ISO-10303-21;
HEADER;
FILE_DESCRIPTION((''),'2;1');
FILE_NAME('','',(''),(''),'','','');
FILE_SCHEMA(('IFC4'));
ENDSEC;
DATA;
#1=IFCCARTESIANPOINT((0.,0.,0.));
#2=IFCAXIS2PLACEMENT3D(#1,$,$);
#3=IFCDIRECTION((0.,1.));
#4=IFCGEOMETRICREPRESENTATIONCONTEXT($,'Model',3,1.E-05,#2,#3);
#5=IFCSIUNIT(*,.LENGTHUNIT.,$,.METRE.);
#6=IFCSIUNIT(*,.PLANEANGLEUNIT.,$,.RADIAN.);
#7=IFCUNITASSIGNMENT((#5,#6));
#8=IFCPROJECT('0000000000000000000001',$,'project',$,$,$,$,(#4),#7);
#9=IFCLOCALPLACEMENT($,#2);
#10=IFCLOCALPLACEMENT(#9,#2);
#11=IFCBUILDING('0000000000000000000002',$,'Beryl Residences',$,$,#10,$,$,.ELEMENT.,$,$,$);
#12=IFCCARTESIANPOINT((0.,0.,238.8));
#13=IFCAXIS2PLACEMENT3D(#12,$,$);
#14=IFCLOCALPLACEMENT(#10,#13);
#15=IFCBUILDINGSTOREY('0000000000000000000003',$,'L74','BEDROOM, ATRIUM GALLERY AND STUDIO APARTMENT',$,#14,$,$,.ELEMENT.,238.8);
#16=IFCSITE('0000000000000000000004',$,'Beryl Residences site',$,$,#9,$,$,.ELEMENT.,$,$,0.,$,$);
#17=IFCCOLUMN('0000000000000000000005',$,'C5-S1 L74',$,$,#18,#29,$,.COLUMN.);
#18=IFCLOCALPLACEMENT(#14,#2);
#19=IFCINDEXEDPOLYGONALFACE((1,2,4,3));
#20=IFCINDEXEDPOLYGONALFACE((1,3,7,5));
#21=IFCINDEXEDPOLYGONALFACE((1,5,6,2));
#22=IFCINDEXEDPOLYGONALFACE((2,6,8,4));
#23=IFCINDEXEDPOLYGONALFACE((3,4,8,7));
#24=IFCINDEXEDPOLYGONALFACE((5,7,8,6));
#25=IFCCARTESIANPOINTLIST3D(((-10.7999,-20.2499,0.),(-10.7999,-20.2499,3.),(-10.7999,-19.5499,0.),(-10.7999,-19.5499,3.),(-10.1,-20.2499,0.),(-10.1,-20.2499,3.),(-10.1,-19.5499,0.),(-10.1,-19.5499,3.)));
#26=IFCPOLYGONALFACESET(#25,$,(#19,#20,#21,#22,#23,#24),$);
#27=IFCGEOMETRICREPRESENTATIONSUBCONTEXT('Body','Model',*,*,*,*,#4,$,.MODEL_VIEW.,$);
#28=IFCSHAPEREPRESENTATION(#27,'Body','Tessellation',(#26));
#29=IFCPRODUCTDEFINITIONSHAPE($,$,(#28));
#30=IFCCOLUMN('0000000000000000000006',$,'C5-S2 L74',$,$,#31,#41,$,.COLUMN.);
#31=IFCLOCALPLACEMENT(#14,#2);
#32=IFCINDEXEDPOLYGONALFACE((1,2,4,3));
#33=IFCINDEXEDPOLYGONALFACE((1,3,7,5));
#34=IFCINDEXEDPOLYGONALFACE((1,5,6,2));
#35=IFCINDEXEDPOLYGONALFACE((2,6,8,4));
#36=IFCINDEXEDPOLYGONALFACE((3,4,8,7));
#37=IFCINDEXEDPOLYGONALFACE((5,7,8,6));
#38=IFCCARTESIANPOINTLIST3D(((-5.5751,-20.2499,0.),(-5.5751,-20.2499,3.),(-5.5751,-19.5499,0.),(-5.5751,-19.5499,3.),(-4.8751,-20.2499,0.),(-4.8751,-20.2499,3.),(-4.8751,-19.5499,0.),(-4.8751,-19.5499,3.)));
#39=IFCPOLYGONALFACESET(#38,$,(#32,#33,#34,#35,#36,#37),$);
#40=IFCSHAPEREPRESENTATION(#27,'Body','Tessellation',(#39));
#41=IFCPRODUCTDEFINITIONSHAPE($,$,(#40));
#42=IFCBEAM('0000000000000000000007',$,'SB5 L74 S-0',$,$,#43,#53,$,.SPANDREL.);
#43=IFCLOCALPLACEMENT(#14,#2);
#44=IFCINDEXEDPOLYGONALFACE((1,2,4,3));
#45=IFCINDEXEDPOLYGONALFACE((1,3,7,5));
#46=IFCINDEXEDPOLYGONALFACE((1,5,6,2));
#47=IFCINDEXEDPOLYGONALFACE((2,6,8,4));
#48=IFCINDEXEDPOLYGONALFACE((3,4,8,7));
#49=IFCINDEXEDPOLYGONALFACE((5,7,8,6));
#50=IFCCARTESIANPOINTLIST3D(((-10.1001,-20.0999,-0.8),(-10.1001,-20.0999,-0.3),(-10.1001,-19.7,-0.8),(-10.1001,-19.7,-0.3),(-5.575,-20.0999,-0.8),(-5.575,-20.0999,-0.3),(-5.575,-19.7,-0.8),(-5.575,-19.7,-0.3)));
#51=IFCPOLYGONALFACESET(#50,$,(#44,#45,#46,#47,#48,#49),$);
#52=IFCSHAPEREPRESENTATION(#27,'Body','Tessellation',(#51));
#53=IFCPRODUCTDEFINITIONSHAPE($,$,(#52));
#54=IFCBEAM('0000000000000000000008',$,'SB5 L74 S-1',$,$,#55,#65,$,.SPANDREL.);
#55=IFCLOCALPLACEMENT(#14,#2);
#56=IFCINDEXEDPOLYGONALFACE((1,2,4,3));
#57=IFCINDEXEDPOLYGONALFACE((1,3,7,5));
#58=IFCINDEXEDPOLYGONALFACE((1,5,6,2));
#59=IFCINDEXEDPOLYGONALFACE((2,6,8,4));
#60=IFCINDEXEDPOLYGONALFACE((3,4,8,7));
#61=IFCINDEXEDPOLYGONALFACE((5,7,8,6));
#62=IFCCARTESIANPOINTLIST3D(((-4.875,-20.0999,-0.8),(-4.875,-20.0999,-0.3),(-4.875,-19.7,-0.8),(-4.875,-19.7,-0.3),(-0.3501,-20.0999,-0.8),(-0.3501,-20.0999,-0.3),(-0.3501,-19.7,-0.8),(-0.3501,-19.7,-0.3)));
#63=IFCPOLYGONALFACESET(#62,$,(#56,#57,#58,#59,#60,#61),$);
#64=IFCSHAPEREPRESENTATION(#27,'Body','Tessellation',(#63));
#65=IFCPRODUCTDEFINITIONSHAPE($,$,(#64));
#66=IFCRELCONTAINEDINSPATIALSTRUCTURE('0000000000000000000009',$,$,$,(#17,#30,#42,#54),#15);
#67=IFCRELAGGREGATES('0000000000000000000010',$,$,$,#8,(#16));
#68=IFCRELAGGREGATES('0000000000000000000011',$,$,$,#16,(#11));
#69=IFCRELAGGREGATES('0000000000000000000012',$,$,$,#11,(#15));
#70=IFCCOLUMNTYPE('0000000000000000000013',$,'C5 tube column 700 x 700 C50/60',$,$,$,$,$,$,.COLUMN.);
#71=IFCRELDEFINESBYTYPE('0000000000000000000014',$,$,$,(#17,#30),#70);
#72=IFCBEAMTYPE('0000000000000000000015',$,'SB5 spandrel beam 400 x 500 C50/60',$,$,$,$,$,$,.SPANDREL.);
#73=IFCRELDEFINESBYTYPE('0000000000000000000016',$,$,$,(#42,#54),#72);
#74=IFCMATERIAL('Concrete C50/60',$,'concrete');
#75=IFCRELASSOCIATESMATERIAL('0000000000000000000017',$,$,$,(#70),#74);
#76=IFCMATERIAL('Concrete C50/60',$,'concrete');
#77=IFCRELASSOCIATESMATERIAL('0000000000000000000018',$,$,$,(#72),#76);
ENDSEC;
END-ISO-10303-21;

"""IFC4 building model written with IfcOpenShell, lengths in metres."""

from ifc_helpers import new_model, si_unit, direction, frame, origin, origin_2d, place, context, subcontext, project, spatial, rectangle, extrude, material, material_profile, profile_set, type_object, element, save


model = new_model("IFC4")

# Units and contexts
model_context = context("Model", 3, precision=1e-05, world=origin(), true_north=direction((0.0, 1.0)))
body_context = subcontext(model_context, "Body", "Model", "MODEL_VIEW")
ifc_project = project(units=[si_unit("LENGTHUNIT", "METRE"), si_unit("PLANEANGLEUNIT", "RADIAN")], contexts=[model_context])

# Site, building, storey
site_placement = place(None, origin())
site = spatial("IfcSite", under=ifc_project, at=site_placement, Name="Beryl Residences site", CompositionType="ELEMENT", RefElevation=0.0)
building_placement = place(site_placement, origin())
building = spatial("IfcBuilding", under=site, at=building_placement, Name="Beryl Residences", CompositionType="ELEMENT")
storey_placement = place(building_placement, frame((0.0, 0.0, 238.8)))
storey = spatial("IfcBuildingStorey", under=building, at=storey_placement, Name="L74", Description="BEDROOM, ATRIUM GALLERY AND STUDIO APARTMENT", CompositionType="ELEMENT", Elevation=238.8)

# Columns
ifc_material_1 = material(Name="Concrete C50/60", Category="concrete")
ifc_material_profile_1 = material_profile(ifc_material_1, rectangle(XDim=0.7, YDim=0.7, at=origin_2d()))
ifc_profile_set_1 = profile_set([ifc_material_profile_1], Name="Concrete C50/60")
column_type = type_object("IfcColumnType", Name="C5 tube column 700 x 700 C50/60", PredefinedType="COLUMN", material=ifc_profile_set_1)
for number, where, z_axis, x_axis, name in (
    (1, (-10.45, -19.8999, 0.0), (0.0, 0.0, 1.0), (1.0, 0.0, 0.0), "C5-S1 L74"),
    (2, (-5.2251, -19.8999, 0.0), (0.0, 0.0, 1.0), (1.0, 0.0, 0.0), "C5-S2 L74"),
):
    element("IfcColumn", number, at=place(storey_placement, frame(where, z_axis=z_axis, x_axis=x_axis)), inside=storey, type_object=column_type, Name=name, PredefinedType="COLUMN", context=body_context, shape_type="SweptSolid", body=[
        extrude(rectangle(XDim=0.7, YDim=0.7, at=origin_2d()), origin(), (0.0, 0.0, 1.0), 3.0),
    ])

# Beams
ifc_material_2 = material(Name="Concrete C50/60", Category="concrete")
ifc_material_profile_2 = material_profile(ifc_material_2, rectangle(XDim=0.3999, YDim=0.5, at=origin_2d()))
ifc_profile_set_2 = profile_set([ifc_material_profile_2], Name="Concrete C50/60")
beam_type = type_object("IfcBeamType", Name="SB5 spandrel beam 400 x 500 C50/60", PredefinedType="SPANDREL", material=ifc_profile_set_2)
beam_1_placement = place(storey_placement, frame((-10.1001, -19.8999, -0.55), z_axis=(1.0, 0.0, 0.0), x_axis=(0.0, 1.0, 0.0)))
element("IfcBeam", 3, at=beam_1_placement, inside=storey, type_object=beam_type, Name="SB5 L74 S-0", PredefinedType="SPANDREL", context=body_context, shape_type="SweptSolid", body=[
    extrude(rectangle(XDim=0.3999, YDim=0.5, at=origin_2d()), origin(), (0.0, 0.0, 1.0), 4.5251),
])
beam_2_placement = place(storey_placement, frame((-4.875, -19.8999, -0.55), z_axis=(1.0, 0.0, 0.0), x_axis=(0.0, 1.0, 0.0)))
element("IfcBeam", 4, at=beam_2_placement, inside=storey, type_object=beam_type, Name="SB5 L74 S-1", PredefinedType="SPANDREL", context=body_context, shape_type="SweptSolid", body=[
    extrude(rectangle(XDim=0.3999, YDim=0.5, at=origin_2d()), origin(), (0.0, 0.0, 1.0), 4.5249),
])

save(model, "model.ifc")
